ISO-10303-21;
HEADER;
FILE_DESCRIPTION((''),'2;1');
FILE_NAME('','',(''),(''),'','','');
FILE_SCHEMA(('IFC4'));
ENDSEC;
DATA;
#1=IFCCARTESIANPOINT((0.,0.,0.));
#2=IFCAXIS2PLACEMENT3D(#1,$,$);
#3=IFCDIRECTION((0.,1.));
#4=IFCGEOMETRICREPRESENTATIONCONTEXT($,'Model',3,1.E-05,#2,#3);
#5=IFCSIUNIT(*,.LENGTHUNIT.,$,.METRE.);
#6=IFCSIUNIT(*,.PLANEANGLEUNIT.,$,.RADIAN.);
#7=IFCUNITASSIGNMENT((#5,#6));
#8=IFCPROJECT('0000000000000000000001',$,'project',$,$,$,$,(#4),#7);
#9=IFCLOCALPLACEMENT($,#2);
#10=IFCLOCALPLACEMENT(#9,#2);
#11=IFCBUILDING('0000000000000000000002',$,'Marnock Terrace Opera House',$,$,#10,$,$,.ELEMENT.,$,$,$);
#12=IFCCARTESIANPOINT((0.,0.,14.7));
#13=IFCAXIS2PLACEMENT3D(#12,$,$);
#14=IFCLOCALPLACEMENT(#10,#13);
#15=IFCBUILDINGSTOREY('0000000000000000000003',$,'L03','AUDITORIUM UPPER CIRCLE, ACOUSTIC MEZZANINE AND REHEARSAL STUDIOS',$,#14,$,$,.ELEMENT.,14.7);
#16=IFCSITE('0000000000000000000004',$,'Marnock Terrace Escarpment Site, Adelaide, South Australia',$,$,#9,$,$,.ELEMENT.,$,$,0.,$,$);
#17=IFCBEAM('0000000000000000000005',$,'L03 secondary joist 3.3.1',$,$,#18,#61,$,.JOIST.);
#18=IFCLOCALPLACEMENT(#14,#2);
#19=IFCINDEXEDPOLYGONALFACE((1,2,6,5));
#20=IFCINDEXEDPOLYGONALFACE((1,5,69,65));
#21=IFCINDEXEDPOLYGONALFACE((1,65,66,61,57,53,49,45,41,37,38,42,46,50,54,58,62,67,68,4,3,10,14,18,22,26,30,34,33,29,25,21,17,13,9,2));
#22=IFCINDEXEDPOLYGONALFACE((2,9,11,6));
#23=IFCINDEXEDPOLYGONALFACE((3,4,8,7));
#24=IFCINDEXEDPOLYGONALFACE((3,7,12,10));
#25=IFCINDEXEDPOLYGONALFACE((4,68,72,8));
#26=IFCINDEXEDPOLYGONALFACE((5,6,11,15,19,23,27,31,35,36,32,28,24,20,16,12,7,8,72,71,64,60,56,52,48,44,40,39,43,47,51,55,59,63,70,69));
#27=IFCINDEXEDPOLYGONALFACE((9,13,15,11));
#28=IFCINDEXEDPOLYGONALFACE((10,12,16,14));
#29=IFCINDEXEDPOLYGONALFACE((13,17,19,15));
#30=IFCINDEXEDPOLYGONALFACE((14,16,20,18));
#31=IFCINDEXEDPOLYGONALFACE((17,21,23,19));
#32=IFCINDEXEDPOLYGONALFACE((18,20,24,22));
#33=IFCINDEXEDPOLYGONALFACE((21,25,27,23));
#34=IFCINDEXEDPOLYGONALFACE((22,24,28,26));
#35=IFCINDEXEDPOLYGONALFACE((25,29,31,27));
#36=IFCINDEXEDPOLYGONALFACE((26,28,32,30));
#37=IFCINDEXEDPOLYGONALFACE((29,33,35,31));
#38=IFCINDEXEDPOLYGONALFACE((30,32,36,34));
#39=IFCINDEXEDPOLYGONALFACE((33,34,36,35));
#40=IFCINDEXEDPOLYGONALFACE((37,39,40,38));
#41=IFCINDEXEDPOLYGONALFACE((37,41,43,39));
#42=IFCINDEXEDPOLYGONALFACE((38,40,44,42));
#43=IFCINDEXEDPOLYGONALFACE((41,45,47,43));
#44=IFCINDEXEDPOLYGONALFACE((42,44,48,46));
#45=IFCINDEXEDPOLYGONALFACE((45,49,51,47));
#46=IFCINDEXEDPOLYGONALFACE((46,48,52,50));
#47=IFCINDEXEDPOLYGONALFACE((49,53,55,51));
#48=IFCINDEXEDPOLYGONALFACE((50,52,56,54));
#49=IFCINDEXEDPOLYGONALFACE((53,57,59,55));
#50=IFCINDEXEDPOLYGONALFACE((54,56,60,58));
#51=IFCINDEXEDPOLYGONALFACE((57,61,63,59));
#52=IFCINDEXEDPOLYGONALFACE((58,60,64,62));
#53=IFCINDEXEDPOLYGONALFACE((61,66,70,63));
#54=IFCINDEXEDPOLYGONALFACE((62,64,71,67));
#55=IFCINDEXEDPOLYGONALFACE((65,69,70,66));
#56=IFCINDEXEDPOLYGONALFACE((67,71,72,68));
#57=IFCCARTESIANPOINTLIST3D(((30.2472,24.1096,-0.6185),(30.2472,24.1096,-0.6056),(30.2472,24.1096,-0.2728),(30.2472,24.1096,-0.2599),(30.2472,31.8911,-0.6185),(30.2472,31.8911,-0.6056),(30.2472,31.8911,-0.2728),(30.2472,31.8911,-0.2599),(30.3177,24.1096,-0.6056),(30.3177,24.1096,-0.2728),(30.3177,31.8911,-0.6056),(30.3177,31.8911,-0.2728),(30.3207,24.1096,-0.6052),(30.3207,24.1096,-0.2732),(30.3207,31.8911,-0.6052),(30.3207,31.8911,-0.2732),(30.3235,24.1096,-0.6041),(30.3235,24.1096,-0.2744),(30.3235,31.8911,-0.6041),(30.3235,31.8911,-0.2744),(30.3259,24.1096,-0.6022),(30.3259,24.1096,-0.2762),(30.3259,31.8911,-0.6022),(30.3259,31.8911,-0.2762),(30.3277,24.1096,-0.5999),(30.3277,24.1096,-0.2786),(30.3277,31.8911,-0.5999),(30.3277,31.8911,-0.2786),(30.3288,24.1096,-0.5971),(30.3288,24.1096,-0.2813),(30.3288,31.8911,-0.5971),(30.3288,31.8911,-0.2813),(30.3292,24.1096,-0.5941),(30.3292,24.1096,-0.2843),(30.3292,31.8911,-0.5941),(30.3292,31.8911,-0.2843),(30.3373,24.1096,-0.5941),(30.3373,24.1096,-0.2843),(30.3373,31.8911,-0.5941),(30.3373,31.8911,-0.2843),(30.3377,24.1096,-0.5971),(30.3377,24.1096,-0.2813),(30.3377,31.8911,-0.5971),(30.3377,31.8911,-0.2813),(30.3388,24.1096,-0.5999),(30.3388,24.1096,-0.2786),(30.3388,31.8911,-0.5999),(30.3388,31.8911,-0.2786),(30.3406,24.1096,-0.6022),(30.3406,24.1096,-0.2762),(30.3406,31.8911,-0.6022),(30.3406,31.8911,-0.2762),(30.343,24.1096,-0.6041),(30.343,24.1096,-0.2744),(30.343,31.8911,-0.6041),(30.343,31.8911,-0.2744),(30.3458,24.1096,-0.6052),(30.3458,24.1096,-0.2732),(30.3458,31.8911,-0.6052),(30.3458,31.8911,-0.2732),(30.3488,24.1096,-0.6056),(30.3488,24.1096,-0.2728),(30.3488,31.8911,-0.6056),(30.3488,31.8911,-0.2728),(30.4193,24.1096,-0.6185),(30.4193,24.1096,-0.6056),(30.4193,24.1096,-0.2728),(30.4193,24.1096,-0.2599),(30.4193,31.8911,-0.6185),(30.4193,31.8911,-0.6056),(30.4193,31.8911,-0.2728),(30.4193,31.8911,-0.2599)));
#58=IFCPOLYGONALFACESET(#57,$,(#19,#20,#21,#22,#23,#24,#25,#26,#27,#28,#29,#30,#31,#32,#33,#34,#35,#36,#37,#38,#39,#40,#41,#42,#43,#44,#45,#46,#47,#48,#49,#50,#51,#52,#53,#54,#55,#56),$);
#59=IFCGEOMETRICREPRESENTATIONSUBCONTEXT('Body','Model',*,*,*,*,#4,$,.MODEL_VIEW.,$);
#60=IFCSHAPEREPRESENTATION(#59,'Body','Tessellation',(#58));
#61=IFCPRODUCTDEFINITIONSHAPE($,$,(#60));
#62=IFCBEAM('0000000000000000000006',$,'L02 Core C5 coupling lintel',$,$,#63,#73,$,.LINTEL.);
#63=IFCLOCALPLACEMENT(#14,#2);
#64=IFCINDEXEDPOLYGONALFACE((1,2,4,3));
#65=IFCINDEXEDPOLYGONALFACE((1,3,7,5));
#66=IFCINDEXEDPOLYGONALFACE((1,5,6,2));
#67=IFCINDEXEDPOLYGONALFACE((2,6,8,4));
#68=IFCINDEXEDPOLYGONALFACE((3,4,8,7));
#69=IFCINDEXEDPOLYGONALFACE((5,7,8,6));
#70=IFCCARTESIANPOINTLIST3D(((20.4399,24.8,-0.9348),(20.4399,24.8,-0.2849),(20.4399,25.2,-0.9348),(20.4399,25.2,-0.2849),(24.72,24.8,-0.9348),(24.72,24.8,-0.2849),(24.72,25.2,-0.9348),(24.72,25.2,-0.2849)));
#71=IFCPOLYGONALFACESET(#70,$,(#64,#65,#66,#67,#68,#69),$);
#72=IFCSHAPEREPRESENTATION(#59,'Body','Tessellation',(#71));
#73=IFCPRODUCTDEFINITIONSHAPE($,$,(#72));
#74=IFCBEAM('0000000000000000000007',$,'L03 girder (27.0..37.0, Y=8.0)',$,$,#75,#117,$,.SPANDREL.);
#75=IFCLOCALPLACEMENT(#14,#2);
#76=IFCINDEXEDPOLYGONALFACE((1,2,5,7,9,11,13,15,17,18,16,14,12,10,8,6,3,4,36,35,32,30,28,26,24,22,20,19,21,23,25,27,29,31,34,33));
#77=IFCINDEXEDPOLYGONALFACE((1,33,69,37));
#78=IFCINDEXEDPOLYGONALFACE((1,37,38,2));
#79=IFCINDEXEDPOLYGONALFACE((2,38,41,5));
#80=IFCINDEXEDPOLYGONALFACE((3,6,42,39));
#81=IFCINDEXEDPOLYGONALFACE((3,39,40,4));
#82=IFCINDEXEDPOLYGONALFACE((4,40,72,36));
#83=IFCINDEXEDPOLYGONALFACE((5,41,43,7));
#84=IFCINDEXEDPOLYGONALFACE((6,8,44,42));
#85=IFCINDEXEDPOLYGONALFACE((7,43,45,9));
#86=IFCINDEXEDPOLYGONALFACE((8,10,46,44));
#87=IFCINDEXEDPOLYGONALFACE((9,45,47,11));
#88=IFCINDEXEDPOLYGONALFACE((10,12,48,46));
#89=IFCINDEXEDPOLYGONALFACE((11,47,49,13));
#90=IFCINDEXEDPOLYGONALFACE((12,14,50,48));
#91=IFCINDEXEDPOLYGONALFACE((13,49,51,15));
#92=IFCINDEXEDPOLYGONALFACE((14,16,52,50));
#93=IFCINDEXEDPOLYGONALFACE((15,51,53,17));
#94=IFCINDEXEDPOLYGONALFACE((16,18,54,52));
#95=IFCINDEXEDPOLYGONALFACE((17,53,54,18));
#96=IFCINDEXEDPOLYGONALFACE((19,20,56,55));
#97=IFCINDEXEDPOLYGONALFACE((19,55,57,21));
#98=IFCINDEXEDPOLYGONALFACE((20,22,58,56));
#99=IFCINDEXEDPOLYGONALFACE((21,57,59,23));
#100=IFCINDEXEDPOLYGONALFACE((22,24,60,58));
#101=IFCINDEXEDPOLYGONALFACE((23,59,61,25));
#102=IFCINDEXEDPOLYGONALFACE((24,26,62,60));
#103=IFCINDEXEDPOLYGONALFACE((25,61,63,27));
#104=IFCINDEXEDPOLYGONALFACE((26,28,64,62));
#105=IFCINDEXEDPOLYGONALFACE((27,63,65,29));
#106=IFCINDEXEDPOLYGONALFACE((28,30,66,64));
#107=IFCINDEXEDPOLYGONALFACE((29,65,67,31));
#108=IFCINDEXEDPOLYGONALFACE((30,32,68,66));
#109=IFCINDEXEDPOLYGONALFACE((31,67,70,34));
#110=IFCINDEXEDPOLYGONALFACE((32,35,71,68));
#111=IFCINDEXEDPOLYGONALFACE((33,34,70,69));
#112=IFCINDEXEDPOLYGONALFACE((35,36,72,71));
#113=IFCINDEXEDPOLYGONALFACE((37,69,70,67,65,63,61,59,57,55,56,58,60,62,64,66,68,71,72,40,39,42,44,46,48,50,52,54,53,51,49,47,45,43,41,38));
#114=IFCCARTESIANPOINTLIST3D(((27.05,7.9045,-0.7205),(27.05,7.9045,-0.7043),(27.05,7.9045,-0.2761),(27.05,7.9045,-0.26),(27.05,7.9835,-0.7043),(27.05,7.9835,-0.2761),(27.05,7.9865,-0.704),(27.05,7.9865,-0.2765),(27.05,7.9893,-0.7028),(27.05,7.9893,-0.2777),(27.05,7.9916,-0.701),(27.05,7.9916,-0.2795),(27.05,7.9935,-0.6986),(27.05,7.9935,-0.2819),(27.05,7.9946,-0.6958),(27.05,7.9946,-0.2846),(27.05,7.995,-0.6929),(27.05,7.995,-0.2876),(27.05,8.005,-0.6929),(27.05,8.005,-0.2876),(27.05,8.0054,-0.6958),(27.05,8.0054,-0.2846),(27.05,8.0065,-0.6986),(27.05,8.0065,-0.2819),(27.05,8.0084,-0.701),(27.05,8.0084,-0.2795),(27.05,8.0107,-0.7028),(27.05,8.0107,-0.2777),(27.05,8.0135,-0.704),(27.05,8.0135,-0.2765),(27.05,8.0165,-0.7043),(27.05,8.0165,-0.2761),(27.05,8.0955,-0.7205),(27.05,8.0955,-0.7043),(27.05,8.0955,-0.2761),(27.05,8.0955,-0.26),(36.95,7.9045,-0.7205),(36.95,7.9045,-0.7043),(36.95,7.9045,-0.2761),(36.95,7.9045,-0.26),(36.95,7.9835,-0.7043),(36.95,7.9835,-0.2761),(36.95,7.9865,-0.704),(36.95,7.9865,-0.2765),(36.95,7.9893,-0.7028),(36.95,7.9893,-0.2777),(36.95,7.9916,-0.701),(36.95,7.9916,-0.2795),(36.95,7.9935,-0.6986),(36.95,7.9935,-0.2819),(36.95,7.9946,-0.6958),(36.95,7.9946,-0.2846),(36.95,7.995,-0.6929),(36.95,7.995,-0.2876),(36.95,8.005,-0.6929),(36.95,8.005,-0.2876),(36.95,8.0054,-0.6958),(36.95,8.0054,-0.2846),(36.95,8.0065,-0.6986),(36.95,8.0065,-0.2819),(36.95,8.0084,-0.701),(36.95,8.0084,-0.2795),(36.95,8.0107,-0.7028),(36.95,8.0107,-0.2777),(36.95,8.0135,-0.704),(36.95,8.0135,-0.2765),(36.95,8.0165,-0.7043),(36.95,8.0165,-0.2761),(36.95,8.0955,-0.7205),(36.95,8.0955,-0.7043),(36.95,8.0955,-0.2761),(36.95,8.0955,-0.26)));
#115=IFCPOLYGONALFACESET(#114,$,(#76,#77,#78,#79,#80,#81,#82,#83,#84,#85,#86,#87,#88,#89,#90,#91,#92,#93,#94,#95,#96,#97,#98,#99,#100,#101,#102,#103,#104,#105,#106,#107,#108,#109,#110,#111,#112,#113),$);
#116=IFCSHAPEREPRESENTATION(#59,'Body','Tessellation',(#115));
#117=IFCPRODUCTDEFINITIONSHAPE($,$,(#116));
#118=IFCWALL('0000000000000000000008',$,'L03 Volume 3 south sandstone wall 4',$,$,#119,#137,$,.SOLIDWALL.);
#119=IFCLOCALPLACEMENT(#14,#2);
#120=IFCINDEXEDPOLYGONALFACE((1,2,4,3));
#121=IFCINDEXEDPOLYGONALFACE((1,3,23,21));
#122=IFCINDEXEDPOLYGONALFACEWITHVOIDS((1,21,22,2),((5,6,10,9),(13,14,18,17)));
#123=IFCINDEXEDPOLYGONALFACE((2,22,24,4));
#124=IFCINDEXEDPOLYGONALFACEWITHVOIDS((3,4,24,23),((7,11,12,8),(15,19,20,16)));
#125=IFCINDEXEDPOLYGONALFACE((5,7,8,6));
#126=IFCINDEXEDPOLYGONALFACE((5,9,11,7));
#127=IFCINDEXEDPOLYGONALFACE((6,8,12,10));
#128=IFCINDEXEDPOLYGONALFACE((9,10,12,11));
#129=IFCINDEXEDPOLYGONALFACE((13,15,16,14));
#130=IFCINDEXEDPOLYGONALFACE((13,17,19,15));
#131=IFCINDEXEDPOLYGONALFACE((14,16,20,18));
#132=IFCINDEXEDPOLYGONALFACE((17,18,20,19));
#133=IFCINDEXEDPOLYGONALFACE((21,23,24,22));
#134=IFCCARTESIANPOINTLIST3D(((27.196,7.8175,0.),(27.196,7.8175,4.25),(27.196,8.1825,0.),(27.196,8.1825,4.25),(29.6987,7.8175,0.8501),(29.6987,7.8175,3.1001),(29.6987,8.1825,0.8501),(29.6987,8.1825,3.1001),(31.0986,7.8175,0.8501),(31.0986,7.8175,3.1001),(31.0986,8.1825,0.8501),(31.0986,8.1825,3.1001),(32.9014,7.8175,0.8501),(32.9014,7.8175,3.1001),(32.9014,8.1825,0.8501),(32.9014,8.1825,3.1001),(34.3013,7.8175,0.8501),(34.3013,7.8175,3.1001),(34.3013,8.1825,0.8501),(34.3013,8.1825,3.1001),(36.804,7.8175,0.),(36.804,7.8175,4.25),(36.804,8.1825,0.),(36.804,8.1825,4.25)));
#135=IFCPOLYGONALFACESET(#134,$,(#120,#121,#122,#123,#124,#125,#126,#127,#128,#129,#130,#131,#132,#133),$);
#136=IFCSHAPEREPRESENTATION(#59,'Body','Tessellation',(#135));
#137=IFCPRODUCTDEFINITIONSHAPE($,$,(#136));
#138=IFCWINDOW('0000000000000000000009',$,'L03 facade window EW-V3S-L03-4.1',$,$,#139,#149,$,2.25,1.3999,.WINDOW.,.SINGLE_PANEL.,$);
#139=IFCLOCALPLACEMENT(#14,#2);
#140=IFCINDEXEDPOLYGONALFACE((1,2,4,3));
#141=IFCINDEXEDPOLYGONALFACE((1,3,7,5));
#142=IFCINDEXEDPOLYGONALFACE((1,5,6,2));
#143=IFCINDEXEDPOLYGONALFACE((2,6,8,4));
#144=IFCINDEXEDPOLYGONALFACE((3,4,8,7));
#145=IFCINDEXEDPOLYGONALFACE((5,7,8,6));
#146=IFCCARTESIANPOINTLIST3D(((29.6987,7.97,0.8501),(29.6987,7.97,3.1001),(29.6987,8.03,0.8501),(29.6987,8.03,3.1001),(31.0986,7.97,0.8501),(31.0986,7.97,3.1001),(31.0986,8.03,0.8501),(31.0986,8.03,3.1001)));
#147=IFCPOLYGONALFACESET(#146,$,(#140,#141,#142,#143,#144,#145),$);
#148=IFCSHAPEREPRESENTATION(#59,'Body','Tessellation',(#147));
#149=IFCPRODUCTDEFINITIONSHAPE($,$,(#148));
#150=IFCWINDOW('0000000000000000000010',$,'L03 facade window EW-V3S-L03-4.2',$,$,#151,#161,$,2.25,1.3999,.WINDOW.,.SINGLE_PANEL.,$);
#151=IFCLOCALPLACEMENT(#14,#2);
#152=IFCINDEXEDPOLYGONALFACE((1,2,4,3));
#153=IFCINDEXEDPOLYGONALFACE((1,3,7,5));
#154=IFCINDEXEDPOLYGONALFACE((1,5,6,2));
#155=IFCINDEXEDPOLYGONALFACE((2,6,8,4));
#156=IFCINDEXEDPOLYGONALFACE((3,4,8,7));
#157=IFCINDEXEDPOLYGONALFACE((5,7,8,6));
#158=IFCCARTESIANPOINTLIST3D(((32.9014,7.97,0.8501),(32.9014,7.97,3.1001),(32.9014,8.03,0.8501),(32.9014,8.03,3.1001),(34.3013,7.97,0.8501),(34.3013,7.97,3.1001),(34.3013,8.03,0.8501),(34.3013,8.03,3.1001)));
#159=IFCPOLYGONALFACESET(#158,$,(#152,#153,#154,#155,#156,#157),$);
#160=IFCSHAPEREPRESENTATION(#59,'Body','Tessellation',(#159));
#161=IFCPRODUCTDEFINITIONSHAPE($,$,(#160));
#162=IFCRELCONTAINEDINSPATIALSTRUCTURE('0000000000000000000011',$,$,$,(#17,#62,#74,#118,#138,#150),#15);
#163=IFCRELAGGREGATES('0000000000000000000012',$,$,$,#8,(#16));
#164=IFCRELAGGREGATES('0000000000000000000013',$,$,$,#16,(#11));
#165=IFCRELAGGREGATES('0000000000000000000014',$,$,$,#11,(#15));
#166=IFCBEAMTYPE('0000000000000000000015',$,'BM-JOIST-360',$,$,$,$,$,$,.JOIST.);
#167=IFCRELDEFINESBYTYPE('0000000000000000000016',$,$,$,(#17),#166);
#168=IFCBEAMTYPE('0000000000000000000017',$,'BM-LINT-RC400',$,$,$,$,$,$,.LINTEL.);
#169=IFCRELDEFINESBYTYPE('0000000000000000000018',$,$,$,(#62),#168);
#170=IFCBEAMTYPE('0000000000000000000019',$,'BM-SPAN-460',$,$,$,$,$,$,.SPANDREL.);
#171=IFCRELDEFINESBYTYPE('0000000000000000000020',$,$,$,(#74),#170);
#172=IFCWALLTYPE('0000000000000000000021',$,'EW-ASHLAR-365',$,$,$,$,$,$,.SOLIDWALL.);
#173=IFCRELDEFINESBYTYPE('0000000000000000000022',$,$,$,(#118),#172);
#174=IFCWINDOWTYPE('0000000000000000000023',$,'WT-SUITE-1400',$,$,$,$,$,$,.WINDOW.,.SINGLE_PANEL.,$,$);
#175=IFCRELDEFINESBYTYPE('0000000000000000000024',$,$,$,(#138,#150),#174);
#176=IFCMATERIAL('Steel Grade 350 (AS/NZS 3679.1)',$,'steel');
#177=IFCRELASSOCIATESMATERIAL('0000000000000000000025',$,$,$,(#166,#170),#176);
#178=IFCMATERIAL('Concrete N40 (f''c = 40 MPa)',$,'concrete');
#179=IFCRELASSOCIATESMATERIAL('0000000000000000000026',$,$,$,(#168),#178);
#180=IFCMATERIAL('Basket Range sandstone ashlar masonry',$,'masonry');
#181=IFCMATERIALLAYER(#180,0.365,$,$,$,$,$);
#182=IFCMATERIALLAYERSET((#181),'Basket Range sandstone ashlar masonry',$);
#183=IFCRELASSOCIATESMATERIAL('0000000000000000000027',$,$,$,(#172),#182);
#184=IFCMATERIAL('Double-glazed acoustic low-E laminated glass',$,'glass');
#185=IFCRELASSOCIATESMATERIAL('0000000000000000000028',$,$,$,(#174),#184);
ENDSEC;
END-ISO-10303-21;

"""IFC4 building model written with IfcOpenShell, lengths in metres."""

from ifc_helpers import new_model, si_unit, direction, frame, frame_2d, origin, origin_2d, place, context, subcontext, project, spatial, rectangle, i_section, extrude, material, layer, layer_set, material_profile, profile_set, type_object, element, fill, save


model = new_model("IFC4")

# Units and contexts
model_context = context("Model", 3, precision=1e-05, world=origin(), true_north=direction((0.0, 1.0)))
body_context = subcontext(model_context, "Body", "Model", "MODEL_VIEW")
ifc_project = project(units=[si_unit("LENGTHUNIT", "METRE"), si_unit("PLANEANGLEUNIT", "RADIAN")], contexts=[model_context])

# Site, building, storey
site_placement = place(None, origin())
site = spatial("IfcSite", under=ifc_project, at=site_placement, Name="Marnock Terrace Escarpment Site, Adelaide, South Australia", CompositionType="ELEMENT", RefElevation=0.0)
building_placement = place(site_placement, origin())
building = spatial("IfcBuilding", under=site, at=building_placement, Name="Marnock Terrace Opera House", CompositionType="ELEMENT")
storey_placement = place(building_placement, frame((0.0, 0.0, 14.7)))
storey = spatial("IfcBuildingStorey", under=building, at=storey_placement, Name="L03", Description="AUDITORIUM UPPER CIRCLE, ACOUSTIC MEZZANINE AND REHEARSAL STUDIOS", CompositionType="ELEMENT", Elevation=14.7)

# Shared definitions
ifc_material_1 = material(Name="Concrete N40 (f'c = 40 MPa)", Category="concrete")
ifc_material_2 = material(Name="Steel Grade 350 (AS/NZS 3679.1)", Category="steel")

# Beams
ifc_material_profile_1 = material_profile(ifc_material_2, i_section(OverallWidth=0.1721, OverallDepth=0.3586, WebThickness=0.0081, FlangeThickness=0.0129, FilletRadius=0.0115, at=origin_2d()))
ifc_profile_set_1 = profile_set([ifc_material_profile_1], Name="Steel Grade 350 (AS/NZS 3679.1)")
beam_type_1 = type_object("IfcBeamType", Name="BM-JOIST-360", PredefinedType="JOIST", material=ifc_profile_set_1)
beam_1_placement = place(storey_placement, frame((30.3333, 24.1096, -0.4392), z_axis=(0.0, 1.0, 0.0), x_axis=(-1.0, 0.0, 0.0)))
element("IfcBeam", 1, at=beam_1_placement, inside=storey, type_object=beam_type_1, Name="L03 secondary joist 3.3.1", PredefinedType="JOIST", context=body_context, shape_type="SweptSolid", body=[
    extrude(i_section(OverallWidth=0.1721, OverallDepth=0.3586, WebThickness=0.0081, FlangeThickness=0.0129, FilletRadius=0.0115, at=origin_2d()), origin(), (0.0, 0.0, 1.0), 7.7815),
])
ifc_material_profile_2 = material_profile(ifc_material_1, rectangle(XDim=0.3999, YDim=0.6499, at=origin_2d()))
ifc_profile_set_2 = profile_set([ifc_material_profile_2], Name="Concrete N40 (f'c = 40 MPa)")
beam_type_2 = type_object("IfcBeamType", Name="BM-LINT-RC400", PredefinedType="LINTEL", material=ifc_profile_set_2)
beam_2_placement = place(storey_placement, frame((20.4399, 25.0, -0.6099), z_axis=(1.0, 0.0, 0.0), x_axis=(0.0, 1.0, 0.0)))
element("IfcBeam", 2, at=beam_2_placement, inside=storey, type_object=beam_type_2, Name="L02 Core C5 coupling lintel", PredefinedType="LINTEL", context=body_context, shape_type="SweptSolid", body=[
    extrude(rectangle(XDim=0.3999, YDim=0.6499, at=origin_2d()), origin(), (0.0, 0.0, 1.0), 4.28),
])
ifc_material_profile_3 = material_profile(ifc_material_2, i_section(OverallWidth=0.1909, OverallDepth=0.4604, WebThickness=0.01, FlangeThickness=0.0161, FilletRadius=0.0115, at=origin_2d()))
ifc_profile_set_3 = profile_set([ifc_material_profile_3], Name="Steel Grade 350 (AS/NZS 3679.1)")
beam_type_3 = type_object("IfcBeamType", Name="BM-SPAN-460", PredefinedType="SPANDREL", material=ifc_profile_set_3)
beam_3_placement = place(storey_placement, frame((27.05, 8.0, -0.4902), z_axis=(1.0, 0.0, 0.0), x_axis=(0.0, 1.0, 0.0)))
element("IfcBeam", 3, at=beam_3_placement, inside=storey, type_object=beam_type_3, Name="L03 girder (27.0..37.0, Y=8.0)", PredefinedType="SPANDREL", context=body_context, shape_type="SweptSolid", body=[
    extrude(i_section(OverallWidth=0.1909, OverallDepth=0.4604, WebThickness=0.01, FlangeThickness=0.0161, FilletRadius=0.0115, at=origin_2d()), origin(), (0.0, 0.0, 1.0), 9.8999),
])

# Wall, openings, windows
ifc_material_3 = material(Name="Basket Range sandstone ashlar masonry", Category="masonry")
ifc_layer_1 = layer(ifc_material_3, 0.365)
ifc_layer_set_1 = layer_set([ifc_layer_1], Name="Basket Range sandstone ashlar masonry")
wall_type_1 = type_object("IfcWallType", Name="EW-ASHLAR-365", PredefinedType="SOLIDWALL", material=ifc_layer_set_1)
wall_1_placement = place(storey_placement, frame((27.196, 8.0, 0.0), z_axis=(0.0, 0.0, 1.0), x_axis=(1.0, 0.0, 0.0)))
wall_1 = element("IfcWall", 4, at=wall_1_placement, inside=storey, type_object=wall_type_1, Name="L03 Volume 3 south sandstone wall 4", PredefinedType="SOLIDWALL", context=body_context, shape_type="SweptSolid", body=[
    extrude(rectangle(XDim=9.6079, YDim=0.365, at=frame_2d((4.804, 0.0))), origin(), (0.0, 0.0, 1.0), 4.25),
])
opening_1_placement = place(wall_1_placement, frame((2.5027, 0.0, 0.8501)))
opening_1 = element("IfcOpeningElement", 5, at=opening_1_placement, cuts=wall_1, PredefinedType="OPENING", context=body_context, shape_type="SweptSolid", body=[
    extrude(rectangle(XDim=1.3999, YDim=2.25, at=frame_2d((0.7, 1.125))), frame((0.0, 0.1924, 0.0), z_axis=(0.0, -1.0, 0.0), x_axis=(1.0, 0.0, 0.0)), (0.0, 0.0, 1.0), 0.385),
])
opening_2_placement = place(wall_1_placement, frame((5.7053, 0.0, 0.8501)))
opening_2 = element("IfcOpeningElement", 6, at=opening_2_placement, cuts=wall_1, PredefinedType="OPENING", context=body_context, shape_type="SweptSolid", body=[
    extrude(rectangle(XDim=1.3999, YDim=2.25, at=frame_2d((0.7, 1.125))), frame((0.0, 0.1924, 0.0), z_axis=(0.0, -1.0, 0.0), x_axis=(1.0, 0.0, 0.0)), (0.0, 0.0, 1.0), 0.385),
])
ifc_material_4 = material(Name="Double-glazed acoustic low-E laminated glass", Category="glass")
window_type = type_object("IfcWindowType", Name="WT-SUITE-1400", PartitioningType="SINGLE_PANEL", PredefinedType="WINDOW", material=ifc_material_4)
window_1_placement = place(opening_1_placement, origin())
window_1 = element("IfcWindow", 7, at=window_1_placement, inside=storey, type_object=window_type, Name="L03 facade window EW-V3S-L03-4.1", OverallHeight=2.25, OverallWidth=1.3999, PartitioningType="SINGLE_PANEL", PredefinedType="WINDOW", context=body_context, shape_type="SweptSolid", body=[
    extrude(rectangle(XDim=1.3999, YDim=2.25, at=frame_2d((0.7, 1.125))), frame((0.0, 0.03, 0.0), z_axis=(0.0, -1.0, 0.0), x_axis=(1.0, 0.0, 0.0)), (0.0, 0.0, 1.0), 0.0601),
])
fill(opening_1, window_1)
window_2_placement = place(opening_2_placement, origin())
window_2 = element("IfcWindow", 8, at=window_2_placement, inside=storey, type_object=window_type, Name="L03 facade window EW-V3S-L03-4.2", OverallHeight=2.25, OverallWidth=1.3999, PartitioningType="SINGLE_PANEL", PredefinedType="WINDOW", context=body_context, shape_type="SweptSolid", body=[
    extrude(rectangle(XDim=1.3999, YDim=2.25, at=frame_2d((0.7, 1.125))), frame((0.0, 0.03, 0.0), z_axis=(0.0, -1.0, 0.0), x_axis=(1.0, 0.0, 0.0)), (0.0, 0.0, 1.0), 0.0601),
])
fill(opening_2, window_2)

save(model, "model.ifc")
